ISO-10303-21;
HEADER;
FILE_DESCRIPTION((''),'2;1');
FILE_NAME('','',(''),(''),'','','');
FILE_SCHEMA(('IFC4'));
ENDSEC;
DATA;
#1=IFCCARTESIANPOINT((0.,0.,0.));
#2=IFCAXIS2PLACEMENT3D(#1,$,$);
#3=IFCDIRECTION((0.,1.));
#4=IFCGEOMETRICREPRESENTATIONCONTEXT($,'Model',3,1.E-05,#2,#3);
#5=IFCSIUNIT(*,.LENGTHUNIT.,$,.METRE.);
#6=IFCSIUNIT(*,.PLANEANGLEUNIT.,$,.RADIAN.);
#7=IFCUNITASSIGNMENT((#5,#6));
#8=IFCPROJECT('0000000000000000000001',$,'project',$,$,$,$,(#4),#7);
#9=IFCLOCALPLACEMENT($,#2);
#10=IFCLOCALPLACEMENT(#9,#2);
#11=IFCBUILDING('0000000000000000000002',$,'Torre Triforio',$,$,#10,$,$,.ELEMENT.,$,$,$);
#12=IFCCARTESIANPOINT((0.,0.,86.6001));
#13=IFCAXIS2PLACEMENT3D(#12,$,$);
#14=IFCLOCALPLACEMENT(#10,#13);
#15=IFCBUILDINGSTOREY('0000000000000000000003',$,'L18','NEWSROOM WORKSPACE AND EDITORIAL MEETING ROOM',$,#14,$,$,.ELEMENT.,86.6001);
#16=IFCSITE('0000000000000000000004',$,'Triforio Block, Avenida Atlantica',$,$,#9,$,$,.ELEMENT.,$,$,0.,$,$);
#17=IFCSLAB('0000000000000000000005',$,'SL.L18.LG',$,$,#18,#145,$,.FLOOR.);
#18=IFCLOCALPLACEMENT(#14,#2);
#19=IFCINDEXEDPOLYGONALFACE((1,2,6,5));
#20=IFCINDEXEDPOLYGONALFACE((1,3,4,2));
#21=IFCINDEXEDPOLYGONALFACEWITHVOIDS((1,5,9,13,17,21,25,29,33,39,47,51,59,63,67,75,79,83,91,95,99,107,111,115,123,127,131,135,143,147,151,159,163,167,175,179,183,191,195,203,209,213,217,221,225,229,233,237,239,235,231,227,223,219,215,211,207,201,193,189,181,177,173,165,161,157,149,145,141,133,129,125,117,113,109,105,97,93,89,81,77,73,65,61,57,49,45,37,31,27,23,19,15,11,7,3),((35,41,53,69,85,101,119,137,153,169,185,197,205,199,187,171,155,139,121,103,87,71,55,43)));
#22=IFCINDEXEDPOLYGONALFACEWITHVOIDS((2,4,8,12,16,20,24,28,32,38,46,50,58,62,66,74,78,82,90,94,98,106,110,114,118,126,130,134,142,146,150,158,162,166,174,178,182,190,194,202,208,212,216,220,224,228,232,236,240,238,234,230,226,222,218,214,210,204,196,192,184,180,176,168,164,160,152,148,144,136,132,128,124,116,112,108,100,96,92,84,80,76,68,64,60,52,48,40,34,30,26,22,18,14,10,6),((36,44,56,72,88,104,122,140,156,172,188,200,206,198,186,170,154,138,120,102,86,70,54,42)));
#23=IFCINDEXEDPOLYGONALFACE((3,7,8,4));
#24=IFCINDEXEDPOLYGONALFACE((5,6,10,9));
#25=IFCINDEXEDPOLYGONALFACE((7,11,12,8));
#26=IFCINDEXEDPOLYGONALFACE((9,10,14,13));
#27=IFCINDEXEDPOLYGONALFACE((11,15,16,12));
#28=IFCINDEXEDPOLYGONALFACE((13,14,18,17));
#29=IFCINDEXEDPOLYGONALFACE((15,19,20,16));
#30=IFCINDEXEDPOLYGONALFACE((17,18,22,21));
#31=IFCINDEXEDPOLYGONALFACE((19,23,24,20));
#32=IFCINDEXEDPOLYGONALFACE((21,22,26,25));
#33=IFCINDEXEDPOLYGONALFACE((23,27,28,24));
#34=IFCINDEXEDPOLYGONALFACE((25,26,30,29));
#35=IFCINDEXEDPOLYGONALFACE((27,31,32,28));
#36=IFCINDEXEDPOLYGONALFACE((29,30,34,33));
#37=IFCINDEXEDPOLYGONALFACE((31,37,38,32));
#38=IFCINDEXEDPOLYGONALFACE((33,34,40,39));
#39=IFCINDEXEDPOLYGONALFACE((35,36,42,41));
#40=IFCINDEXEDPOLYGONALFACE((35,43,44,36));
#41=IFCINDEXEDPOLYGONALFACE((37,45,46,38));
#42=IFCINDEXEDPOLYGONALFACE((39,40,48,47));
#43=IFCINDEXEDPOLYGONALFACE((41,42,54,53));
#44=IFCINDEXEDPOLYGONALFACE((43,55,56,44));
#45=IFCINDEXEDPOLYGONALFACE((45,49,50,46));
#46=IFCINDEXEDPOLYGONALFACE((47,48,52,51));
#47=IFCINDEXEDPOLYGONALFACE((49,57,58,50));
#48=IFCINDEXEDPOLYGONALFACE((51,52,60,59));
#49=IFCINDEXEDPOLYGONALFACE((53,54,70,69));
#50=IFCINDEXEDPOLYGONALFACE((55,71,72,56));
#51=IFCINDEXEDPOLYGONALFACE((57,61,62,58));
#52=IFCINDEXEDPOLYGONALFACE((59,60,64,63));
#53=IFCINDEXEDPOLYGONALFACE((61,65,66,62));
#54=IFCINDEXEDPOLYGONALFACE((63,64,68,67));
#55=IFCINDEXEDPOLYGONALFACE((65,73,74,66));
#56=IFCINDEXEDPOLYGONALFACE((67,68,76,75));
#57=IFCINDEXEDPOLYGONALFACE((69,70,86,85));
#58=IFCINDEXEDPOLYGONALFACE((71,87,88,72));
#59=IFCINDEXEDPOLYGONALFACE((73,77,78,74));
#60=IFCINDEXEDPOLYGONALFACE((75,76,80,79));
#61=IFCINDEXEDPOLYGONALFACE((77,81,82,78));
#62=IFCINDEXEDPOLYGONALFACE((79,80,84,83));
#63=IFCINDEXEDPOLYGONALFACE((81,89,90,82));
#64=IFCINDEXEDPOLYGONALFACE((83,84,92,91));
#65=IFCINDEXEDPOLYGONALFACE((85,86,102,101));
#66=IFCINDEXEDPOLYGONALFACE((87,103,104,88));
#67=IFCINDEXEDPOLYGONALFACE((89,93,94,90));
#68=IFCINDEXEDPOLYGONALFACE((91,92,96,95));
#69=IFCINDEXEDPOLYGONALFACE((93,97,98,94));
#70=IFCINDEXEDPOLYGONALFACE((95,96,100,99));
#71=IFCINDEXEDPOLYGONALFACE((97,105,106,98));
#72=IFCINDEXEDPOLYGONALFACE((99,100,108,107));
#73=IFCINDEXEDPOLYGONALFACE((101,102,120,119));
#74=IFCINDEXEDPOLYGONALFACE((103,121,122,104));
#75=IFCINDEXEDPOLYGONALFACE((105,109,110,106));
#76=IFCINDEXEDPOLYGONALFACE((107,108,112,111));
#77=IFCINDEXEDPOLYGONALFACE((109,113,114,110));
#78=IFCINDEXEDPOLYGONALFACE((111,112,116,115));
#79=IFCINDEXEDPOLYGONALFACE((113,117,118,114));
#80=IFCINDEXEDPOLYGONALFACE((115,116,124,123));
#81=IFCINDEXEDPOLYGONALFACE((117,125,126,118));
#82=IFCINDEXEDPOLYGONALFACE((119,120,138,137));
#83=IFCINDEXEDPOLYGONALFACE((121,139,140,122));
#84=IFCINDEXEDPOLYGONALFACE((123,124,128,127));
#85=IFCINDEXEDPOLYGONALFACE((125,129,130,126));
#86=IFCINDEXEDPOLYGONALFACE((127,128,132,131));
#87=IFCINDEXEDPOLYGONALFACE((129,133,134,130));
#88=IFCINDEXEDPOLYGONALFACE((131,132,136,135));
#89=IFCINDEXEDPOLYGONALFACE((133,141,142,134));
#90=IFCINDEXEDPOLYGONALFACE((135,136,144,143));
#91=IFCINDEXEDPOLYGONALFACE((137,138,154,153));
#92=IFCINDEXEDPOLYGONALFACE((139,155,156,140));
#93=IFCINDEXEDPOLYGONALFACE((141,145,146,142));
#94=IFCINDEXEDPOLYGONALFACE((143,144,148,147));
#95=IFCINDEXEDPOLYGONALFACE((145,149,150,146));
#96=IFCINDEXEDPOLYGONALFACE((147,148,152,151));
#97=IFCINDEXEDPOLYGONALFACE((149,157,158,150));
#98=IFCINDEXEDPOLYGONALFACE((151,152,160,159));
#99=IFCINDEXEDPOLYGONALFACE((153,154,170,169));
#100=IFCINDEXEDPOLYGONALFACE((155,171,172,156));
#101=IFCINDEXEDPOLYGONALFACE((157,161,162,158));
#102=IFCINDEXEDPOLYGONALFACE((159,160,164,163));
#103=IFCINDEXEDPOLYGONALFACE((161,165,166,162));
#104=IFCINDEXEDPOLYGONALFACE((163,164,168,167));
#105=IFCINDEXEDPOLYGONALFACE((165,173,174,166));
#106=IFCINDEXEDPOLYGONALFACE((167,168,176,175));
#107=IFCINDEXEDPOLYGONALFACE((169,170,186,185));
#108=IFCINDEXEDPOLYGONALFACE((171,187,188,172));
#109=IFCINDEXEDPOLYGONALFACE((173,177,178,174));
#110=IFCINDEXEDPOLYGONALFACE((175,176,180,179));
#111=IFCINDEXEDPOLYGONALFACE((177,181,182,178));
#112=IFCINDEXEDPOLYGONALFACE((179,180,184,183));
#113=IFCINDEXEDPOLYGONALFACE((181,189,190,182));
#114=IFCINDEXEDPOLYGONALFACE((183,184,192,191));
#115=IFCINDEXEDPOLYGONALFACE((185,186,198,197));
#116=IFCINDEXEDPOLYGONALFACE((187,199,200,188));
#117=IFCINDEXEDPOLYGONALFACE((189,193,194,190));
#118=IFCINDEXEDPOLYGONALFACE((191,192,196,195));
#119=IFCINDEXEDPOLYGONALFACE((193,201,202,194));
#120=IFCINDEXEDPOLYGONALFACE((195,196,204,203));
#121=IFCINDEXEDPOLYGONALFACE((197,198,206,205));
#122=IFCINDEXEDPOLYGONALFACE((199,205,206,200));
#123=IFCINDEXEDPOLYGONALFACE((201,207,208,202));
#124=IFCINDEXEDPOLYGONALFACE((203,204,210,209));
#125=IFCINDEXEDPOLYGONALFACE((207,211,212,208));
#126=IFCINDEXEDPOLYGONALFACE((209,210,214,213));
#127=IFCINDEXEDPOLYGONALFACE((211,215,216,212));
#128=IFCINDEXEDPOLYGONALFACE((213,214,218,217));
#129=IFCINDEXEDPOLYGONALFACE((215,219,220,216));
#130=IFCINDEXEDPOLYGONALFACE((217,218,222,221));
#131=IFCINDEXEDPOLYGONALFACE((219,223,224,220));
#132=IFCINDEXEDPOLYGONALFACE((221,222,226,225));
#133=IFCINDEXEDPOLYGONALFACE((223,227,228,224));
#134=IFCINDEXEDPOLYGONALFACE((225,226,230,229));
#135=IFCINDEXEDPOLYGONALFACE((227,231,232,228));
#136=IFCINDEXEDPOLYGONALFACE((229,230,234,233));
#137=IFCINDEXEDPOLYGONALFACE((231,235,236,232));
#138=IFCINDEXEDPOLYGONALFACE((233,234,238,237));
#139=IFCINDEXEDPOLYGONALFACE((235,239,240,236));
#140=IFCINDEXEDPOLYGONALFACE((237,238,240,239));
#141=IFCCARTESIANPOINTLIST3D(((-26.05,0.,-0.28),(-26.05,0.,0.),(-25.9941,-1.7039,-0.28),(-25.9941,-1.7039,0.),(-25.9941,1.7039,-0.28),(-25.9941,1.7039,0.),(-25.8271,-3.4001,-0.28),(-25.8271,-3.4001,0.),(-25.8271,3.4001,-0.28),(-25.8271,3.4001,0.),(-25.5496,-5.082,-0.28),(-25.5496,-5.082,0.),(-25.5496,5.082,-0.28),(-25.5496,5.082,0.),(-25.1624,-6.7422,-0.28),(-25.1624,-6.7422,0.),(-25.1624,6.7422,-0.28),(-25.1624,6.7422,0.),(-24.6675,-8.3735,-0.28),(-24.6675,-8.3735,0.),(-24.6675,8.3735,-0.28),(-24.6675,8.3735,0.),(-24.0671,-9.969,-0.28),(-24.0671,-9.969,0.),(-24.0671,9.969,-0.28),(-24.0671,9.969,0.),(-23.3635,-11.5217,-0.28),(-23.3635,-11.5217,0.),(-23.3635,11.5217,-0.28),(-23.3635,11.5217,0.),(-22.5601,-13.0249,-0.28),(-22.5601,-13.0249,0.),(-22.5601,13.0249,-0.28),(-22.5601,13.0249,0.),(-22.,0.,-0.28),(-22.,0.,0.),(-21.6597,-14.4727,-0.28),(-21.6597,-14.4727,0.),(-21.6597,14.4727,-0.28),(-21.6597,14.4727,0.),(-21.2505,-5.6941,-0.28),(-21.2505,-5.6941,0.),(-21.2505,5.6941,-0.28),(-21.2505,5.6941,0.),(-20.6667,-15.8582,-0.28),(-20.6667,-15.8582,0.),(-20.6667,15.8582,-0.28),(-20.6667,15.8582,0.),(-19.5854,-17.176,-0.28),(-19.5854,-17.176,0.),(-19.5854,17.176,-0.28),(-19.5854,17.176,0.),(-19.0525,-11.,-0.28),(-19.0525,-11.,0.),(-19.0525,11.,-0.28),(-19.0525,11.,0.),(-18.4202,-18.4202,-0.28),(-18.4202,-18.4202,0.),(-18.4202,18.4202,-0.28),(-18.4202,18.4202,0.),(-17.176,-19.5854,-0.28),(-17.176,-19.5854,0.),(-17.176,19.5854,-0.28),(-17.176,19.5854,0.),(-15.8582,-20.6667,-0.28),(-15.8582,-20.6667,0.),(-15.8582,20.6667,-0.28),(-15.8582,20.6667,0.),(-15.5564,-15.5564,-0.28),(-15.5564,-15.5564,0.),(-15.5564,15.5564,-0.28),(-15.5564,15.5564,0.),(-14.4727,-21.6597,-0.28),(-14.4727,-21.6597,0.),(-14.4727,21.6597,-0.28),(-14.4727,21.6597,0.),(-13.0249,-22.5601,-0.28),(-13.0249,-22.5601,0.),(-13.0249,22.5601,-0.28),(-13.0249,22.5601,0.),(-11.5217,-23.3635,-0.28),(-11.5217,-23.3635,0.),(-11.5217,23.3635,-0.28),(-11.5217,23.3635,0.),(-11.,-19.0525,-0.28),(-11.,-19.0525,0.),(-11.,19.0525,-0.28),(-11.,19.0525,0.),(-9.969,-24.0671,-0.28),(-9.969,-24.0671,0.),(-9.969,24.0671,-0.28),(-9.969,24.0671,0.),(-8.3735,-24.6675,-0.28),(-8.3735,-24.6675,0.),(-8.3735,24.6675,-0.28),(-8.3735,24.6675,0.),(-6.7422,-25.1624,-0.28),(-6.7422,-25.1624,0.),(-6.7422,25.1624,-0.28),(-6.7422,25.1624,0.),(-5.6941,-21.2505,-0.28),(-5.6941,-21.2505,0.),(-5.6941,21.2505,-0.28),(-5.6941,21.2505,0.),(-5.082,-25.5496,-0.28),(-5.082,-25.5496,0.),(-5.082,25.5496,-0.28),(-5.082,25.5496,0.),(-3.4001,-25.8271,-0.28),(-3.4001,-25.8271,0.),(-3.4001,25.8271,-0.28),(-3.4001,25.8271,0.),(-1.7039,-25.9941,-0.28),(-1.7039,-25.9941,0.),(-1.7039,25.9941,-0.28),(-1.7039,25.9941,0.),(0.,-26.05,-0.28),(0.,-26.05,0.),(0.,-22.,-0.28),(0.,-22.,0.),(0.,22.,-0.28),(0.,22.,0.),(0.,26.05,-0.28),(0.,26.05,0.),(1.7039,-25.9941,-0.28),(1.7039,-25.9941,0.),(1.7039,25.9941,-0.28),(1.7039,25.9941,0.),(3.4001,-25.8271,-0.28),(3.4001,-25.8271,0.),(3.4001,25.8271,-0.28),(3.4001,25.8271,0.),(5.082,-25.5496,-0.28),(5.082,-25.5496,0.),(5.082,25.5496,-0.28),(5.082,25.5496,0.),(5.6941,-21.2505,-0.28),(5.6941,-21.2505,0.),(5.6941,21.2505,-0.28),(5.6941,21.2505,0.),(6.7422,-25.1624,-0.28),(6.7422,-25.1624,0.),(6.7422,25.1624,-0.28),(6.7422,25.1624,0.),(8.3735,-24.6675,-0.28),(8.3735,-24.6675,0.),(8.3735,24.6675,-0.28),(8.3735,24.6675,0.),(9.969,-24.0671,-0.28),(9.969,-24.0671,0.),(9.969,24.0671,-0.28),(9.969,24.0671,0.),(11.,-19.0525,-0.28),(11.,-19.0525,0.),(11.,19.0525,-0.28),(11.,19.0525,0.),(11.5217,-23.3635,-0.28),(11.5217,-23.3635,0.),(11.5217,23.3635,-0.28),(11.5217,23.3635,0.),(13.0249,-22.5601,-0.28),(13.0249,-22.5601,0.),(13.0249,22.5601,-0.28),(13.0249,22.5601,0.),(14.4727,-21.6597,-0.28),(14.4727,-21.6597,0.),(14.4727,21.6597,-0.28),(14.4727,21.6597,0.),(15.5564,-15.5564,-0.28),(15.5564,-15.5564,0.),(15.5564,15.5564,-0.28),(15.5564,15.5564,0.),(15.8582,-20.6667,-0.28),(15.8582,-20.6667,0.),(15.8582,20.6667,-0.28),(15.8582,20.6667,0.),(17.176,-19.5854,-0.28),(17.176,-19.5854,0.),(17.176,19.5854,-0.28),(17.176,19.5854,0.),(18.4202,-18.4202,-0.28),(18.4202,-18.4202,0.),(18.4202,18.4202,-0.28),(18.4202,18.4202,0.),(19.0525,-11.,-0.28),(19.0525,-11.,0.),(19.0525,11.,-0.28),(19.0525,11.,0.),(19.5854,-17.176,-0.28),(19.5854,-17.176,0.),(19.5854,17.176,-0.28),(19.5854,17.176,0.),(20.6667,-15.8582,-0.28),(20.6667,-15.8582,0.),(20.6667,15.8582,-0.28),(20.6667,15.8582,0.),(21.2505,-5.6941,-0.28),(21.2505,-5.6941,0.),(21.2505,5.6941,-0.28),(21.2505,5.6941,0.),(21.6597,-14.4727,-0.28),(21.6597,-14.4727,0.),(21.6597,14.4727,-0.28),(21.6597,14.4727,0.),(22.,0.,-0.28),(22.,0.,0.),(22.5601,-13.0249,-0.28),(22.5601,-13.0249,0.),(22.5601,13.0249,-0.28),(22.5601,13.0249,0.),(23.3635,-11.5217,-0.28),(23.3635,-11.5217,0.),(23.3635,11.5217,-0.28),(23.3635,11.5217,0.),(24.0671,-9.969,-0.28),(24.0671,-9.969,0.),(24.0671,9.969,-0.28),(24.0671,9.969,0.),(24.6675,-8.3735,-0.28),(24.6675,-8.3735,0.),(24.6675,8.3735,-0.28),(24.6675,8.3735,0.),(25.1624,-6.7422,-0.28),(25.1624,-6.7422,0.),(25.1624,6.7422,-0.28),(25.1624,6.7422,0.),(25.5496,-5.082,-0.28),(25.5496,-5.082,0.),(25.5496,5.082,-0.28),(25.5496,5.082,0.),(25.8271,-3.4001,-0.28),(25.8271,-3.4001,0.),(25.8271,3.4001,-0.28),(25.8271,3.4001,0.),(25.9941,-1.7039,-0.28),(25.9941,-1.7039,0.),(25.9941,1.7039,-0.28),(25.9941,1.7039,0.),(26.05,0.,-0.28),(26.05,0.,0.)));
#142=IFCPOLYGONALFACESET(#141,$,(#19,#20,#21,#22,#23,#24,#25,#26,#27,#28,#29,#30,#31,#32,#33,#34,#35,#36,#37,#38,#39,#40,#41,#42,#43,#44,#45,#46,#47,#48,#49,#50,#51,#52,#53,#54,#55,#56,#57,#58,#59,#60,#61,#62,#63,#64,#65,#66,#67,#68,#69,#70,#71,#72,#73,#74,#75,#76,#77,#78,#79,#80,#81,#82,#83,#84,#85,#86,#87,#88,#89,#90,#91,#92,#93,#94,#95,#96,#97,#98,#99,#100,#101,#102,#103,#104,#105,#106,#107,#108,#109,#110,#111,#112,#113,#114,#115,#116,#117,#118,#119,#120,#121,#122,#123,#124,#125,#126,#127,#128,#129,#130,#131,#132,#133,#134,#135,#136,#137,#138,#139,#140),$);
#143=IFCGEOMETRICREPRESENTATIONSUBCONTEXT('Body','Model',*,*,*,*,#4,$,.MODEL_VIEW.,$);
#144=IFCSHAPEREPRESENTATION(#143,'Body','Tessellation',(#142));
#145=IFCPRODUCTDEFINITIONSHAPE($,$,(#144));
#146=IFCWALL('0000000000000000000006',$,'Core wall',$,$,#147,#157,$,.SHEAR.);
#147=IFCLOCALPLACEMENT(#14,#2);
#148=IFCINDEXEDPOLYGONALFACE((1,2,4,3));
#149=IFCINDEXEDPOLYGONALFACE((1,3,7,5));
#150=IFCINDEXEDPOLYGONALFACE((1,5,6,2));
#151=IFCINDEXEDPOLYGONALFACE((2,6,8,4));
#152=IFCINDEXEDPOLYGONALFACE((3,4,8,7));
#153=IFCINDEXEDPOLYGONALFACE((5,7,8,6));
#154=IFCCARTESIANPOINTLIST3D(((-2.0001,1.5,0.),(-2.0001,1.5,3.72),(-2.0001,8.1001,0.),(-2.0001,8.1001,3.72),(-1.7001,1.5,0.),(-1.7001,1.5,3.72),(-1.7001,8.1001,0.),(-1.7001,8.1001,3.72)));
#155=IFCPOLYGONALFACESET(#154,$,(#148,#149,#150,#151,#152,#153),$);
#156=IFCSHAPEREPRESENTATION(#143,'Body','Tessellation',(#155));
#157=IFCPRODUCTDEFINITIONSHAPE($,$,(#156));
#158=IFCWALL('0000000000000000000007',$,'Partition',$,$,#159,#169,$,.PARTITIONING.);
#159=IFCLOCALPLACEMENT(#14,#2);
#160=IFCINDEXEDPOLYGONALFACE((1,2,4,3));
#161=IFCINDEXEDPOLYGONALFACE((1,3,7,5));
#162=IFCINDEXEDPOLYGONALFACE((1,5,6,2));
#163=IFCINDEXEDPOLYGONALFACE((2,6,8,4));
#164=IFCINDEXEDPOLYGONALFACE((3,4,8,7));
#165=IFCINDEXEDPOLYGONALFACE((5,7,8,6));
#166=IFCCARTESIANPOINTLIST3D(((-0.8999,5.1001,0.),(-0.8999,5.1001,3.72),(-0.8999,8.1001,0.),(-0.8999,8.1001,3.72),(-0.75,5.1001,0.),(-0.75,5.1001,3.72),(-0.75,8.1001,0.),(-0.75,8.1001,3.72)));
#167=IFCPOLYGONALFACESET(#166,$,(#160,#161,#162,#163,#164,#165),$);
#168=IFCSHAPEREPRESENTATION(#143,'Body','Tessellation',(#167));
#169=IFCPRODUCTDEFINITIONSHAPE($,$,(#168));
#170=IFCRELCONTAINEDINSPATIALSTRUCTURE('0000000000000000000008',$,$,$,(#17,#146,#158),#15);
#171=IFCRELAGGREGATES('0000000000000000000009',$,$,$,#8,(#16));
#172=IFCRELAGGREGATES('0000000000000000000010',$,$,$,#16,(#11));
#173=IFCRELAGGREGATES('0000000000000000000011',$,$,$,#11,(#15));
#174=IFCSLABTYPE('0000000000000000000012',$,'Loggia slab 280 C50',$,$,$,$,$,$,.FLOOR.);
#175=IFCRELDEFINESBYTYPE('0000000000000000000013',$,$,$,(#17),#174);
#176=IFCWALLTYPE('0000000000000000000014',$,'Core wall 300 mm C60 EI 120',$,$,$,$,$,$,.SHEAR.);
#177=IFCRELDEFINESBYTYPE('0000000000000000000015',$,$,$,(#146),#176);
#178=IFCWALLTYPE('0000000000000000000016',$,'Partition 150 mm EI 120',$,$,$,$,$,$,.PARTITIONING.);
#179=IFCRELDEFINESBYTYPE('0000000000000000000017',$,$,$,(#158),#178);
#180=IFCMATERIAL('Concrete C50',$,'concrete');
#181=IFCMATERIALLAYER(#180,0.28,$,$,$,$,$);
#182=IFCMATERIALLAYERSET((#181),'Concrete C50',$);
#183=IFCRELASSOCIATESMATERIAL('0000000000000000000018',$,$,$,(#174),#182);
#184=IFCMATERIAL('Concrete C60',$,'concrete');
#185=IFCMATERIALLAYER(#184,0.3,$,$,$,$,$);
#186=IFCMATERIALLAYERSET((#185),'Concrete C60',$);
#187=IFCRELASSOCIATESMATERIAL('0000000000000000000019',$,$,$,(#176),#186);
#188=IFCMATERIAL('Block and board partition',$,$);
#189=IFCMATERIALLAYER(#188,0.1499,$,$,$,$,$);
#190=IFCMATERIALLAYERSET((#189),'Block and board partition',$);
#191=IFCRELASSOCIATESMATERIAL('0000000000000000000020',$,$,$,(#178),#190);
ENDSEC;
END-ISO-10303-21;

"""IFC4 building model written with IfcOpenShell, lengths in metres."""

from ifc_helpers import new_model, si_unit, direction, frame, frame_2d, origin, place, context, subcontext, project, spatial, polyline, rectangle, outline, extrude, material, layer, layer_set, type_object, element, save


model = new_model("IFC4")

# Units and contexts
model_context = context("Model", 3, precision=1e-05, world=origin(), true_north=direction((0.0, 1.0)))
body_context = subcontext(model_context, "Body", "Model", "MODEL_VIEW")
ifc_project = project(units=[si_unit("LENGTHUNIT", "METRE"), si_unit("PLANEANGLEUNIT", "RADIAN")], contexts=[model_context])

# Site, building, storey
site_placement = place(None, origin())
site = spatial("IfcSite", under=ifc_project, at=site_placement, Name="Triforio Block, Avenida Atlantica", CompositionType="ELEMENT", RefElevation=0.0)
building_placement = place(site_placement, origin())
building = spatial("IfcBuilding", under=site, at=building_placement, Name="Torre Triforio", CompositionType="ELEMENT")
storey_placement = place(building_placement, frame((0.0, 0.0, 86.6001)))
storey = spatial("IfcBuildingStorey", under=building, at=storey_placement, Name="L18", Description="NEWSROOM WORKSPACE AND EDITORIAL MEETING ROOM", CompositionType="ELEMENT", Elevation=86.6001)

# Slab
ifc_material_1 = material(Name="Concrete C50", Category="concrete")
ifc_layer_1 = layer(ifc_material_1, 0.28)
ifc_layer_set_1 = layer_set([ifc_layer_1], Name="Concrete C50")
slab_type_1 = type_object("IfcSlabType", Name="Loggia slab 280 C50", PredefinedType="FLOOR", material=ifc_layer_set_1)
slab_1_placement = place(storey_placement, frame((0.0, 0.0, -0.28)))
element("IfcSlab", 1, at=slab_1_placement, inside=storey, type_object=slab_type_1, Name="SL.L18.LG", PredefinedType="FLOOR", context=body_context, shape_type="SweptSolid", body=[
    extrude(outline(polyline([(25.9941, -1.7039), (26.05, 0.0), (25.9941, 1.7039), (25.8271, 3.4001), (25.5496, 5.082), (25.1624, 6.7422), (24.6675, 8.3735), (24.0671, 9.969), (23.3635, 11.5217), (22.5601, 13.0249), (21.6597, 14.4727), (20.6667, 15.8582), (19.5854, 17.176), (18.4202, 18.4202), (17.176, 19.5854), (15.8582, 20.6667), (14.4727, 21.6597), (13.0249, 22.5601), (11.5217, 23.3635), (9.969, 24.0671), (8.3735, 24.6675), (6.7422, 25.1624), (5.082, 25.5496), (3.4001, 25.8271), (1.7039, 25.9941), (0.0, 26.05), (-1.7039, 25.9941), (-3.4001, 25.8271), (-5.082, 25.5496), (-6.7422, 25.1624), (-8.3735, 24.6675), (-9.969, 24.0671), (-11.5217, 23.3635), (-13.0249, 22.5601), (-14.4727, 21.6597), (-15.8582, 20.6667), (-17.176, 19.5854), (-18.4202, 18.4202), (-19.5854, 17.176), (-20.6667, 15.8582), (-21.6597, 14.4727), (-22.5601, 13.0249), (-23.3635, 11.5217), (-24.0671, 9.969), (-24.6675, 8.3735), (-25.1624, 6.7422), (-25.5496, 5.082), (-25.8271, 3.4001), (-25.9941, 1.7039), (-26.05, 0.0), (-25.9941, -1.7039), (-25.8271, -3.4001), (-25.5496, -5.082), (-25.1624, -6.7422), (-24.6675, -8.3735), (-24.0671, -9.969), (-23.3635, -11.5217), (-22.5601, -13.0249), (-21.6597, -14.4727), (-20.6667, -15.8582), (-19.5854, -17.176), (-18.4202, -18.4202), (-17.176, -19.5854), (-15.8582, -20.6667), (-14.4727, -21.6597), (-13.0249, -22.5601), (-11.5217, -23.3635), (-9.969, -24.0671), (-8.3735, -24.6675), (-6.7422, -25.1624), (-5.082, -25.5496), (-3.4001, -25.8271), (-1.7039, -25.9941), (0.0, -26.05), (1.7039, -25.9941), (3.4001, -25.8271), (5.082, -25.5496), (6.7422, -25.1624), (8.3735, -24.6675), (9.969, -24.0671), (11.5217, -23.3635), (13.0249, -22.5601), (14.4727, -21.6597), (15.8582, -20.6667), (17.176, -19.5854), (18.4202, -18.4202), (19.5854, -17.176), (20.6667, -15.8582), (21.6597, -14.4727), (22.5601, -13.0249), (23.3635, -11.5217), (24.0671, -9.969), (24.6675, -8.3735), (25.1624, -6.7422), (25.5496, -5.082), (25.8271, -3.4001), (25.9941, -1.7039)]), holes=[polyline([(21.2505, 5.6941), (22.0, 0.0), (21.2505, -5.6941), (19.0525, -11.0), (15.5564, -15.5564), (11.0, -19.0525), (5.6941, -21.2505), (0.0, -22.0), (-5.6941, -21.2505), (-11.0, -19.0525), (-15.5564, -15.5564), (-19.0525, -11.0), (-21.2505, -5.6941), (-22.0, 0.0), (-21.2505, 5.6941), (-19.0525, 11.0), (-15.5564, 15.5564), (-11.0, 19.0525), (-5.6941, 21.2505), (0.0, 22.0), (5.6941, 21.2505), (11.0, 19.0525), (15.5564, 15.5564), (19.0525, 11.0), (21.2505, 5.6941)])]), origin(), (0.0, 0.0, 1.0), 0.28),
])

# Walls
ifc_material_2 = material(Name="Concrete C60", Category="concrete")
ifc_layer_2 = layer(ifc_material_2, 0.3)
ifc_layer_set_2 = layer_set([ifc_layer_2], Name="Concrete C60")
wall_type_1 = type_object("IfcWallType", Name="Core wall 300 mm C60 EI 120", PredefinedType="SHEAR", material=ifc_layer_set_2)
wall_1_placement = place(storey_placement, frame((-1.8501, 1.5, 0.0), z_axis=(0.0, 0.0, 1.0), x_axis=(0.0, 1.0, 0.0)))
element("IfcWall", 2, at=wall_1_placement, inside=storey, type_object=wall_type_1, Name="Core wall", PredefinedType="SHEAR", context=body_context, shape_type="SweptSolid", body=[
    extrude(rectangle(XDim=6.6001, YDim=0.3, at=frame_2d((3.3, 0.0))), origin(), (0.0, 0.0, 1.0), 3.72),
])
ifc_material_3 = material(Name="Block and board partition")
ifc_layer_3 = layer(ifc_material_3, 0.1499)
ifc_layer_set_3 = layer_set([ifc_layer_3], Name="Block and board partition")
wall_type_2 = type_object("IfcWallType", Name="Partition 150 mm EI 120", PredefinedType="PARTITIONING", material=ifc_layer_set_3)
wall_2_placement = place(storey_placement, frame((-0.825, 5.1001, 0.0), z_axis=(0.0, 0.0, 1.0), x_axis=(0.0, 1.0, 0.0)))
element("IfcWall", 3, at=wall_2_placement, inside=storey, type_object=wall_type_2, Name="Partition", PredefinedType="PARTITIONING", context=body_context, shape_type="SweptSolid", body=[
    extrude(rectangle(XDim=3.0, YDim=0.1499, at=frame_2d((1.5, 0.0))), origin(), (0.0, 0.0, 1.0), 3.72),
])

save(model, "model.ifc")
